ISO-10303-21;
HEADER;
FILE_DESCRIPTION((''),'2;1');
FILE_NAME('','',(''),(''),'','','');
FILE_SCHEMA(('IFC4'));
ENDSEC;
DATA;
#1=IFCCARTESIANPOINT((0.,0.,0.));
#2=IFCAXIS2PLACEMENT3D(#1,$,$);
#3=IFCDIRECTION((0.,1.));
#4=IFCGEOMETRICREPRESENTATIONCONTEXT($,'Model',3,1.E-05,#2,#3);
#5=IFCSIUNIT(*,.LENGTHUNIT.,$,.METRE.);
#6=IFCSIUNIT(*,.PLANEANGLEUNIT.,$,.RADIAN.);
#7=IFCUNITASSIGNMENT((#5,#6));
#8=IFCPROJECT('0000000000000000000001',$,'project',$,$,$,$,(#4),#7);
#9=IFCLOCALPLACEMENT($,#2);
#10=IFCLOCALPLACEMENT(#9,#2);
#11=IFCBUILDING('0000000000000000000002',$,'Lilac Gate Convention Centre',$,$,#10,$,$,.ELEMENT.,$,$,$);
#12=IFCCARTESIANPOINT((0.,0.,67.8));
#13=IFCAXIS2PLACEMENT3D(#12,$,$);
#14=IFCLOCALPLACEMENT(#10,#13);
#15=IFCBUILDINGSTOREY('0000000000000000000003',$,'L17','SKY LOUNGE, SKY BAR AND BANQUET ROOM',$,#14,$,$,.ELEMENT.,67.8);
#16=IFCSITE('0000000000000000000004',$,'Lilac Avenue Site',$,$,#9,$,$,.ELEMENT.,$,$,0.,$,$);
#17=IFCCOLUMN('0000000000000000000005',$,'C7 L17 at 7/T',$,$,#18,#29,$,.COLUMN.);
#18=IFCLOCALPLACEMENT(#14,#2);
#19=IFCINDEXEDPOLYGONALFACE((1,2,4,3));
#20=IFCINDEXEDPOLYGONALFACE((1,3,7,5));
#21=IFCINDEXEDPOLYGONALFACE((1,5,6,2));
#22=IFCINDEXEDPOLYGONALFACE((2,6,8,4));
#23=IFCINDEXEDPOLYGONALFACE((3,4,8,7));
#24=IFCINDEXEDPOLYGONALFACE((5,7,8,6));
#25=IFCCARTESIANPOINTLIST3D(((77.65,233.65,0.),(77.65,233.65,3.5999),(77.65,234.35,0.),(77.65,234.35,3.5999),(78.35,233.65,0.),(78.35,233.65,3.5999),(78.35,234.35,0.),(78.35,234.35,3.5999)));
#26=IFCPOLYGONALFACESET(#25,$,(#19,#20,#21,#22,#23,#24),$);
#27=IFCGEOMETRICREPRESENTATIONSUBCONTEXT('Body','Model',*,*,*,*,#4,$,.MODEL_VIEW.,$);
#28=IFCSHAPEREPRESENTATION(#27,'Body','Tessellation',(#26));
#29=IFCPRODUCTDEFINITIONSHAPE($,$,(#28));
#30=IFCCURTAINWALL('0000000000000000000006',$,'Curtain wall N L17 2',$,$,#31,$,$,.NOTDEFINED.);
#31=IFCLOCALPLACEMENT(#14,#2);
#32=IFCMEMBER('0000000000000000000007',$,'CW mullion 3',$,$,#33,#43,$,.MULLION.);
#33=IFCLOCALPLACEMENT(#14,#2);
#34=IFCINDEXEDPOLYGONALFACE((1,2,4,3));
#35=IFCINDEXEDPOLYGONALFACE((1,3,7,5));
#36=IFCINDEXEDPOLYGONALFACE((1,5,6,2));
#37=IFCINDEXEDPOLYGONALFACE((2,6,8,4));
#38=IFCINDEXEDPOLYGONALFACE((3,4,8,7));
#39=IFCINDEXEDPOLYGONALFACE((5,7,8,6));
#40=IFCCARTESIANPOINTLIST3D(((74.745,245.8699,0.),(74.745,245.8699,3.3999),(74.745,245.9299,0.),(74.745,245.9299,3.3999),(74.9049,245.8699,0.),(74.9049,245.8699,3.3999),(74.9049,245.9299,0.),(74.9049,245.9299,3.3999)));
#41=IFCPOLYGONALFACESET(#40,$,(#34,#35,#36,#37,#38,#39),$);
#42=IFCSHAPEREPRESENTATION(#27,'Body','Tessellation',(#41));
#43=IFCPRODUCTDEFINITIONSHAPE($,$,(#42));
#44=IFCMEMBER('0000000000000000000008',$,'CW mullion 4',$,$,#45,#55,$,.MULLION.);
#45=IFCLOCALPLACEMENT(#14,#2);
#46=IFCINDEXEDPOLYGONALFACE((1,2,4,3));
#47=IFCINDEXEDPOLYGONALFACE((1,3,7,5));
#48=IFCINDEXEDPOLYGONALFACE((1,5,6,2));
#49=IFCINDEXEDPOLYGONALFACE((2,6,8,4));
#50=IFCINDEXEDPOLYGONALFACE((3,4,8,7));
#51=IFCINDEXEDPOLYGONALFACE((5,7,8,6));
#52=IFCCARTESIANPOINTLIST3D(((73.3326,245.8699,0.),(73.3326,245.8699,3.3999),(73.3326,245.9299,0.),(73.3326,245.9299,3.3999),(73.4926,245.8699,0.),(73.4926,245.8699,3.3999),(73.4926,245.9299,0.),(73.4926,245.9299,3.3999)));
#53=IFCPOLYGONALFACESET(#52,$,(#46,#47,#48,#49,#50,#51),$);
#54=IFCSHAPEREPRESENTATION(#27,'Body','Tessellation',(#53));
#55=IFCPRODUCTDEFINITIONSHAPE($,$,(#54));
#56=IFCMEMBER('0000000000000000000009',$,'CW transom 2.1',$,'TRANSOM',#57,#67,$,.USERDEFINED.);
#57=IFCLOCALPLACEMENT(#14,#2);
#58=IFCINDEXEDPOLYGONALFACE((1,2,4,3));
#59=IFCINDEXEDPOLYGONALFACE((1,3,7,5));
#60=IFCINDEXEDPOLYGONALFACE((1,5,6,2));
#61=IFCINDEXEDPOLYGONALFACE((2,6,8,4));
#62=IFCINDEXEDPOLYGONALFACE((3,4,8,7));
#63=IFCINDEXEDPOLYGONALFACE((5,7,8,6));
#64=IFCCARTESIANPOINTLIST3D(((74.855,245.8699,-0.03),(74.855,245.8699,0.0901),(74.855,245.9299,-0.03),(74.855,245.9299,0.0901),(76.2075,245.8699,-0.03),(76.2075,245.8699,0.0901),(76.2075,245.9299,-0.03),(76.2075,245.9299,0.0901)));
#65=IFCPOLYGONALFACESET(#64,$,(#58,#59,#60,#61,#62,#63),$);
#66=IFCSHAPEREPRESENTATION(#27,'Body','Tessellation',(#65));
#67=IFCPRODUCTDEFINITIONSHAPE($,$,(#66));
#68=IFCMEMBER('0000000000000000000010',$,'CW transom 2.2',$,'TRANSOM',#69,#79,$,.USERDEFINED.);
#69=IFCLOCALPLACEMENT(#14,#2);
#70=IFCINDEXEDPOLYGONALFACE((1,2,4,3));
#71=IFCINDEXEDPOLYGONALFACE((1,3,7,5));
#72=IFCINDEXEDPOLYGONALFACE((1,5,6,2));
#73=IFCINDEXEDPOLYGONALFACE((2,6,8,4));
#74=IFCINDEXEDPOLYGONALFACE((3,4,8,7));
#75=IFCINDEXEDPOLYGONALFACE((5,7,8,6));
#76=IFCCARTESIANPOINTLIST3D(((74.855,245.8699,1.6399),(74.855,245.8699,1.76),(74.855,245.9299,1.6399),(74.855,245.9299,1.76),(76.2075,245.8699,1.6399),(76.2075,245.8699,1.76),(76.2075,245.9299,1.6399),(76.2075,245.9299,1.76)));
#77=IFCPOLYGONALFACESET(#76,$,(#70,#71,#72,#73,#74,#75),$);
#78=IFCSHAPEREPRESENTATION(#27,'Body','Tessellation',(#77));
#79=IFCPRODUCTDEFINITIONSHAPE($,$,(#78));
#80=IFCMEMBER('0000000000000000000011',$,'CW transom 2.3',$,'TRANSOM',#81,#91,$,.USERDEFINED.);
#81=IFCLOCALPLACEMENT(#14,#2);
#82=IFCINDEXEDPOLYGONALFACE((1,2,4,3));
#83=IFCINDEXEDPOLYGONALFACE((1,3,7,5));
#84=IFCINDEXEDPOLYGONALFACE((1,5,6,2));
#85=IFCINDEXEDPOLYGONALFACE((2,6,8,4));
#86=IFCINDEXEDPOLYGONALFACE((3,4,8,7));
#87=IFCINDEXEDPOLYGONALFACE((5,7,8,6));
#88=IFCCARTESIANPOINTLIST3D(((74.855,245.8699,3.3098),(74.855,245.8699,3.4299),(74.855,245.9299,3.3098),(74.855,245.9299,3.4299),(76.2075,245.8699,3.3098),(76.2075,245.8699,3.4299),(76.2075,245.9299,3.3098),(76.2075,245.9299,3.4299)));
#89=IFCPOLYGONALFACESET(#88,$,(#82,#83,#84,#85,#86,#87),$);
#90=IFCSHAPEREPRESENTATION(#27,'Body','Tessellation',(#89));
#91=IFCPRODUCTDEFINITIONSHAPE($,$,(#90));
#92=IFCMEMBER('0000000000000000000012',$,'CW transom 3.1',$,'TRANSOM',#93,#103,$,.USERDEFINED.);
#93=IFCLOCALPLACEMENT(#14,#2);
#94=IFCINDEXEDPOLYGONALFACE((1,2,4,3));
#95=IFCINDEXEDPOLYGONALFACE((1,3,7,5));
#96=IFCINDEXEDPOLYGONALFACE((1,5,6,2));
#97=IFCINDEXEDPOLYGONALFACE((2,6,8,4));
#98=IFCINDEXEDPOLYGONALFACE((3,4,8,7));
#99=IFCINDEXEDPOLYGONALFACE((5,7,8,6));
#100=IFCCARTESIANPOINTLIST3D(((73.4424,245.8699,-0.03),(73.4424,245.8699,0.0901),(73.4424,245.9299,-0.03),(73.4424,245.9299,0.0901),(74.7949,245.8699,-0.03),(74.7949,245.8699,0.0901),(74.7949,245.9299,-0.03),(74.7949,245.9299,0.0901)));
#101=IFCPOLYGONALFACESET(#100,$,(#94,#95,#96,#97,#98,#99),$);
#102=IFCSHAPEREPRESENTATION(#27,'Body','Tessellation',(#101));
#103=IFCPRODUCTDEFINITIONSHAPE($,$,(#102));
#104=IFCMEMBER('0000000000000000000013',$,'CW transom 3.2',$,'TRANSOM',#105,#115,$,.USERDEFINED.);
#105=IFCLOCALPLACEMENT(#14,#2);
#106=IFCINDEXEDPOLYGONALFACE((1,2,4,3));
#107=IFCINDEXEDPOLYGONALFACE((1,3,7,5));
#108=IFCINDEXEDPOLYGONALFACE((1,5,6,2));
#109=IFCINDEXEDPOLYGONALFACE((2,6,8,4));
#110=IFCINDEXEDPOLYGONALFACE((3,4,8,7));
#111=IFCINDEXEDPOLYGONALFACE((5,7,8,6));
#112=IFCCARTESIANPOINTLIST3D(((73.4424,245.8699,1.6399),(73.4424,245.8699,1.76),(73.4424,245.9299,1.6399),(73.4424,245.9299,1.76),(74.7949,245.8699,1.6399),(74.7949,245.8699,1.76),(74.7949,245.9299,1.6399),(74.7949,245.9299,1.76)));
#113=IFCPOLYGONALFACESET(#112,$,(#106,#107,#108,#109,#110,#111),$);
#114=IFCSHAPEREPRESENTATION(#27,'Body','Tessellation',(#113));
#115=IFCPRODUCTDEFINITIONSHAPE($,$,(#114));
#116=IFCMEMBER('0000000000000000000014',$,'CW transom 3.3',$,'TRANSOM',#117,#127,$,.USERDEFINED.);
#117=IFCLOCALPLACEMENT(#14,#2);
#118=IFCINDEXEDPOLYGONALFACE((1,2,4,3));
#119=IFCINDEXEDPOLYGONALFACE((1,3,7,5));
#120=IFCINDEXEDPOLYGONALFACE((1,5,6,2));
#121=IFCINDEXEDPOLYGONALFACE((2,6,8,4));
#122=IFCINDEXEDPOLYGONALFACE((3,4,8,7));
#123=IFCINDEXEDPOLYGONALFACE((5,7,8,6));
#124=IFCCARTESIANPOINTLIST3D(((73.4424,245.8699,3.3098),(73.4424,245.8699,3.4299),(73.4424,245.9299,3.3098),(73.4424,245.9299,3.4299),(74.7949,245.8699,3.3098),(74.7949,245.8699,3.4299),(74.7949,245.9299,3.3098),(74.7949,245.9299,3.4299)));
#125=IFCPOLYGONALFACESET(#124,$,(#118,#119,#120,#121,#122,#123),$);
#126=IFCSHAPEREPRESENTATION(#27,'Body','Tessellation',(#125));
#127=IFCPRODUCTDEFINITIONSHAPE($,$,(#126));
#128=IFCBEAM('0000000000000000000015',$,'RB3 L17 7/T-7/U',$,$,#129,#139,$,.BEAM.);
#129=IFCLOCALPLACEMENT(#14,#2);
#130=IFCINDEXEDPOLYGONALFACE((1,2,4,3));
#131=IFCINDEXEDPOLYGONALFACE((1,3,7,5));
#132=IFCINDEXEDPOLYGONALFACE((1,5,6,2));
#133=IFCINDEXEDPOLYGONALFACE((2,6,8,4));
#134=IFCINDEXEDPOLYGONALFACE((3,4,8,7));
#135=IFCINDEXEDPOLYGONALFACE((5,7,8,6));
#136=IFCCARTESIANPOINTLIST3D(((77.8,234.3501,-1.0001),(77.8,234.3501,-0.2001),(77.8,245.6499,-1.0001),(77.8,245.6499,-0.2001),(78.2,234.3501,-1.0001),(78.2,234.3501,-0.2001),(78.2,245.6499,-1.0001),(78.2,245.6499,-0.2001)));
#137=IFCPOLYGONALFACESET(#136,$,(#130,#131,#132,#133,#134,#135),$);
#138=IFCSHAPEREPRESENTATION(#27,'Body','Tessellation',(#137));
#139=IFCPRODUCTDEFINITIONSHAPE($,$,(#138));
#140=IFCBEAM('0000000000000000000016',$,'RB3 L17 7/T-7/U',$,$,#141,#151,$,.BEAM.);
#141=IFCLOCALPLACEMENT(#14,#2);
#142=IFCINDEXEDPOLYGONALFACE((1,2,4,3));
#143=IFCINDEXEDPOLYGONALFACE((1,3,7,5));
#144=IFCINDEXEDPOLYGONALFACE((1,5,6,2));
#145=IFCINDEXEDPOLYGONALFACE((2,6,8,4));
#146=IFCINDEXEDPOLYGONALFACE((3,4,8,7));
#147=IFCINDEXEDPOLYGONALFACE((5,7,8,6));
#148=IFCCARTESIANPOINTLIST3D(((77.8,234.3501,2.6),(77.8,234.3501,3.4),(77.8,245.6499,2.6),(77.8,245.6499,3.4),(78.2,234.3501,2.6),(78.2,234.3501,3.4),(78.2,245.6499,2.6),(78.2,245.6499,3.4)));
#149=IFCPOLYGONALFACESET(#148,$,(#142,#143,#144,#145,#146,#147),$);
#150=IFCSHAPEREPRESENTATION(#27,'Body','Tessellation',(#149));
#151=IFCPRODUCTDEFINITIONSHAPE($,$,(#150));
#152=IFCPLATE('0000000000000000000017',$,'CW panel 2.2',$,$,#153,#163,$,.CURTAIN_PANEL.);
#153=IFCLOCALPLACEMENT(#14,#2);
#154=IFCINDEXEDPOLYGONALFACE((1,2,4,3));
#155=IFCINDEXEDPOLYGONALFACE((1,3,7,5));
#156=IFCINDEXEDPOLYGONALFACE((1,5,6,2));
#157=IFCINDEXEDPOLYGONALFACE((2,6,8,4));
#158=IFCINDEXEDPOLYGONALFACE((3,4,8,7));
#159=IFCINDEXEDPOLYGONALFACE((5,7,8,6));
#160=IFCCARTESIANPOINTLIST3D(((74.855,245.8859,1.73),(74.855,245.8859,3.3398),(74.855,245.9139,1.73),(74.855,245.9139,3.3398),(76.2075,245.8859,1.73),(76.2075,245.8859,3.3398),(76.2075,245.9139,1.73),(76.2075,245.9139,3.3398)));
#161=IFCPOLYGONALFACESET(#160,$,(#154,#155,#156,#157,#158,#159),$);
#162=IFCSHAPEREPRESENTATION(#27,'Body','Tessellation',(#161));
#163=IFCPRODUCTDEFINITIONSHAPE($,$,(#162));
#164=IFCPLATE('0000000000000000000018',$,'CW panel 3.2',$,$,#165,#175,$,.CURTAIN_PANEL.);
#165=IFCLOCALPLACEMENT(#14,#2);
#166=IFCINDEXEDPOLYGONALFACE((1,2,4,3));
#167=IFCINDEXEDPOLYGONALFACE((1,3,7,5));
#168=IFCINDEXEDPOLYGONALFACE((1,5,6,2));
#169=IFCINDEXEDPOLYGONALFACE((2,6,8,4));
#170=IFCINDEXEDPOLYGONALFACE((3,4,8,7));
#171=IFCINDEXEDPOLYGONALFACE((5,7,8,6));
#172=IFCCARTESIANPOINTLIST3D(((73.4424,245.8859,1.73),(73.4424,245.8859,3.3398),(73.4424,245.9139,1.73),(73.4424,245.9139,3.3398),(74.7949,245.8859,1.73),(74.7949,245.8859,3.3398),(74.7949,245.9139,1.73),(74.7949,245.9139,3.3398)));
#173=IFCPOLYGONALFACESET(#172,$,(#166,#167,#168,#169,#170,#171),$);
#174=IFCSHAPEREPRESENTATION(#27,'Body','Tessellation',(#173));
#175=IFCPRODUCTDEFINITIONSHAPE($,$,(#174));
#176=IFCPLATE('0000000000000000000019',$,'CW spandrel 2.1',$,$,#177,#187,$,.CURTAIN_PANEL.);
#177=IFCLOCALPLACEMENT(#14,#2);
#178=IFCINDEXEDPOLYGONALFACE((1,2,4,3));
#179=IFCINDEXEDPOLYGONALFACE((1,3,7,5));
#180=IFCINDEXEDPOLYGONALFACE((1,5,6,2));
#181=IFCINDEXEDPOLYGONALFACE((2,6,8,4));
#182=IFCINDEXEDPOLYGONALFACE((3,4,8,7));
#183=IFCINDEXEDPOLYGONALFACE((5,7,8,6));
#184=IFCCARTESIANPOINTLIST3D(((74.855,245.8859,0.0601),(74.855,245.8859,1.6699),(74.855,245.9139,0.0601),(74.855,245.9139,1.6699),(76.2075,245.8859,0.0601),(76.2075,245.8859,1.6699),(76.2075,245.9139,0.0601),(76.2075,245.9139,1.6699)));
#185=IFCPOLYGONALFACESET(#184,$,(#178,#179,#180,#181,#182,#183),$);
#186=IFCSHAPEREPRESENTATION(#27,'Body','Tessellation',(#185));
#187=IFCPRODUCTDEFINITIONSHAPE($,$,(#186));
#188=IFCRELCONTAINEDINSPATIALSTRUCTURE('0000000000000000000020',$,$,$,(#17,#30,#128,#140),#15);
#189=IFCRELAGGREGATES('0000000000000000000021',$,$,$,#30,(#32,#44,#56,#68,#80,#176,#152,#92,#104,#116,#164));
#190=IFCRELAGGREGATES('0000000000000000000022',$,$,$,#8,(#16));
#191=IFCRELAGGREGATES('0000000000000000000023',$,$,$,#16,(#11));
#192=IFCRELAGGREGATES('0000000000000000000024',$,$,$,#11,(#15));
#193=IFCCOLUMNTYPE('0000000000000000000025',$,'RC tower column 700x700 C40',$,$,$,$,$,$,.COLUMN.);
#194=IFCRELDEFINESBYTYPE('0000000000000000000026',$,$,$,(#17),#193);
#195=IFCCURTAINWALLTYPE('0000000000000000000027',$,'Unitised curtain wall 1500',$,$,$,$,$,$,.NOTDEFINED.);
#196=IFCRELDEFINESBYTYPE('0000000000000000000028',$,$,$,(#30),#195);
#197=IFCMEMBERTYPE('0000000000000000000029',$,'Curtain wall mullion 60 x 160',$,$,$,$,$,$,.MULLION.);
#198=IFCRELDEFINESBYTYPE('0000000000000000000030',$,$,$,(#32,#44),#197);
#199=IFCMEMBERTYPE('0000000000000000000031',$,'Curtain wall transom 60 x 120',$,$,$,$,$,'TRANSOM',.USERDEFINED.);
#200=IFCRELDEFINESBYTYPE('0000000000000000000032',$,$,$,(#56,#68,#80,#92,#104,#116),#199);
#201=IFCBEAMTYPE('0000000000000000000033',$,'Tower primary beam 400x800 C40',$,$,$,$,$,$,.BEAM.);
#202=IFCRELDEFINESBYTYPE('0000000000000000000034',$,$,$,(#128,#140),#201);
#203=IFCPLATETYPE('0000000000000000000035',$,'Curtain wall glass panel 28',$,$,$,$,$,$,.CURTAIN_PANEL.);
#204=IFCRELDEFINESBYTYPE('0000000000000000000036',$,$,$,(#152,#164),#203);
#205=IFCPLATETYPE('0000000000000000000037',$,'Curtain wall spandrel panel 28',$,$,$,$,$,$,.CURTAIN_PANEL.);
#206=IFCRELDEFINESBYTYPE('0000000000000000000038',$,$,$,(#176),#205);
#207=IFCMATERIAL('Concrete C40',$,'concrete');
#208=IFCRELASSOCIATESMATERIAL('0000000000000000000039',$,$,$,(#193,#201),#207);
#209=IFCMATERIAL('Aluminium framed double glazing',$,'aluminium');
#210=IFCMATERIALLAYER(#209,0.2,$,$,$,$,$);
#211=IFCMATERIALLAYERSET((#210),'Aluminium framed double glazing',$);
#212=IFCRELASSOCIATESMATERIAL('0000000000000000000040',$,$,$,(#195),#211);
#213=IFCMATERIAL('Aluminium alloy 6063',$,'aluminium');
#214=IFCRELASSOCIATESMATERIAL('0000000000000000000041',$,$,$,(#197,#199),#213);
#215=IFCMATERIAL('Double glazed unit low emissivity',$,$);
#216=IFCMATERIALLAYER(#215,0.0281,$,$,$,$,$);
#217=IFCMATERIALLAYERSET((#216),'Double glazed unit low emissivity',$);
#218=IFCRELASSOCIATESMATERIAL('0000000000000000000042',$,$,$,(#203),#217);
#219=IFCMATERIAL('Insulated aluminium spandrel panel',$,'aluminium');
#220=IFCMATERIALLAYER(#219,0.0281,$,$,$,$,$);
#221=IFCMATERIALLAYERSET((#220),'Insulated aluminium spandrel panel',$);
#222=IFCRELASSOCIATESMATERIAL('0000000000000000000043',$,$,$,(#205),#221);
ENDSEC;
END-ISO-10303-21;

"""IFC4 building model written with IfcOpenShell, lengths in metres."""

from ifc_helpers import new_model, si_unit, direction, frame, origin, origin_2d, place, context, subcontext, project, spatial, rectangle, extrude, material, layer, layer_set, material_profile, profile_set, type_object, element, aggregate, save


model = new_model("IFC4")

# Units and contexts
model_context = context("Model", 3, precision=1e-05, world=origin(), true_north=direction((0.0, 1.0)))
body_context = subcontext(model_context, "Body", "Model", "MODEL_VIEW")
ifc_project = project(units=[si_unit("LENGTHUNIT", "METRE"), si_unit("PLANEANGLEUNIT", "RADIAN")], contexts=[model_context])

# Site, building, storey
site_placement = place(None, origin())
site = spatial("IfcSite", under=ifc_project, at=site_placement, Name="Lilac Avenue Site", CompositionType="ELEMENT", RefElevation=0.0)
building_placement = place(site_placement, origin())
building = spatial("IfcBuilding", under=site, at=building_placement, Name="Lilac Gate Convention Centre", CompositionType="ELEMENT")
storey_placement = place(building_placement, frame((0.0, 0.0, 67.8)))
storey = spatial("IfcBuildingStorey", under=building, at=storey_placement, Name="L17", Description="SKY LOUNGE, SKY BAR AND BANQUET ROOM", CompositionType="ELEMENT", Elevation=67.8)

# Column
ifc_material_1 = material(Name="Concrete C40", Category="concrete")
ifc_material_profile_1 = material_profile(ifc_material_1, rectangle(XDim=0.7, YDim=0.7, at=origin_2d()), Name="RC 700x700")
ifc_profile_set_1 = profile_set([ifc_material_profile_1], Name="Concrete C40")
column_type = type_object("IfcColumnType", Name="RC tower column 700x700 C40", PredefinedType="COLUMN", material=ifc_profile_set_1)
column_placement = place(storey_placement, frame((78.0, 234.0, 0.0), z_axis=(0.0, 0.0, 1.0), x_axis=(1.0, 0.0, 0.0)))
element("IfcColumn", 1, at=column_placement, inside=storey, type_object=column_type, Name="C7 L17 at 7/T", PredefinedType="COLUMN", context=body_context, shape_type="SweptSolid", body=[
    extrude(rectangle(XDim=0.7, YDim=0.7, at=origin_2d()), origin(), (0.0, 0.0, 1.0), 3.5999),
])

# Curtain wall, members
ifc_material_2 = material(Name="Aluminium framed double glazing", Category="aluminium")
ifc_layer_1 = layer(ifc_material_2, 0.2)
ifc_layer_set_1 = layer_set([ifc_layer_1], Name="Aluminium framed double glazing")
curtain_wall_type = type_object("IfcCurtainWallType", Name="Unitised curtain wall 1500", PredefinedType="NOTDEFINED", material=ifc_layer_set_1)
curtain_wall_placement = place(storey_placement, origin())
curtain_wall = element("IfcCurtainWall", 2, at=curtain_wall_placement, inside=storey, type_object=curtain_wall_type, Name="Curtain wall N L17 2", PredefinedType="NOTDEFINED")
ifc_material_3 = material(Name="Aluminium alloy 6063", Category="aluminium")
ifc_material_profile_2 = material_profile(ifc_material_3, rectangle(XDim=0.0601, YDim=0.1599, at=origin_2d()), Name="Curtain wall mullion 60 x 160")
ifc_profile_set_2 = profile_set([ifc_material_profile_2], Name="Aluminium alloy 6063")
member_type_1 = type_object("IfcMemberType", Name="Curtain wall mullion 60 x 160", PredefinedType="MULLION", material=ifc_profile_set_2)
member_1_placement = place(storey_placement, frame((74.825, 245.8999, 0.0), z_axis=(0.0, 0.0, 1.0), x_axis=(0.0, -1.0, 0.0)))
member_1 = element("IfcMember", 3, at=member_1_placement, type_object=member_type_1, Name="CW mullion 3", PredefinedType="MULLION", context=body_context, shape_type="SweptSolid", body=[
    extrude(rectangle(XDim=0.0601, YDim=0.1599, at=origin_2d()), origin(), (0.0, 0.0, 1.0), 3.3999),
])
member_2_placement = place(storey_placement, frame((73.4126, 245.8999, 0.0), z_axis=(0.0, 0.0, 1.0), x_axis=(0.0, -1.0, 0.0)))
member_2 = element("IfcMember", 4, at=member_2_placement, type_object=member_type_1, Name="CW mullion 4", PredefinedType="MULLION", context=body_context, shape_type="SweptSolid", body=[
    extrude(rectangle(XDim=0.0601, YDim=0.1599, at=origin_2d()), origin(), (0.0, 0.0, 1.0), 3.3999),
])
ifc_material_profile_3 = material_profile(ifc_material_3, rectangle(XDim=0.0601, YDim=0.1201, at=origin_2d()), Name="Curtain wall transom 60 x 120")
ifc_profile_set_3 = profile_set([ifc_material_profile_3], Name="Aluminium alloy 6063")
member_type_2 = type_object("IfcMemberType", Name="Curtain wall transom 60 x 120", ElementType="TRANSOM", PredefinedType="USERDEFINED", material=ifc_profile_set_3)
member_3_placement = place(storey_placement, frame((76.2075, 245.8999, 0.03), z_axis=(-1.0, 0.0, 0.0), x_axis=(0.0, -1.0, 0.0)))
member_3 = element("IfcMember", 5, at=member_3_placement, type_object=member_type_2, Name="CW transom 2.1", ObjectType="TRANSOM", PredefinedType="USERDEFINED", context=body_context, shape_type="SweptSolid", body=[
    extrude(rectangle(XDim=0.0601, YDim=0.1201, at=origin_2d()), origin(), (0.0, 0.0, 1.0), 1.3525),
])
member_4_placement = place(storey_placement, frame((76.2075, 245.8999, 1.7), z_axis=(-1.0, 0.0, 0.0), x_axis=(0.0, -1.0, 0.0)))
member_4 = element("IfcMember", 6, at=member_4_placement, type_object=member_type_2, Name="CW transom 2.2", ObjectType="TRANSOM", PredefinedType="USERDEFINED", context=body_context, shape_type="SweptSolid", body=[
    extrude(rectangle(XDim=0.0601, YDim=0.1201, at=origin_2d()), origin(), (0.0, 0.0, 1.0), 1.3525),
])
member_5_placement = place(storey_placement, frame((76.2075, 245.8999, 3.3699), z_axis=(-1.0, 0.0, 0.0), x_axis=(0.0, -1.0, 0.0)))
member_5 = element("IfcMember", 7, at=member_5_placement, type_object=member_type_2, Name="CW transom 2.3", ObjectType="TRANSOM", PredefinedType="USERDEFINED", context=body_context, shape_type="SweptSolid", body=[
    extrude(rectangle(XDim=0.0601, YDim=0.1201, at=origin_2d()), origin(), (0.0, 0.0, 1.0), 1.3525),
])
member_6_placement = place(storey_placement, frame((74.7949, 245.8999, 0.03), z_axis=(-1.0, 0.0, 0.0), x_axis=(0.0, -1.0, 0.0)))
member_6 = element("IfcMember", 8, at=member_6_placement, type_object=member_type_2, Name="CW transom 3.1", ObjectType="TRANSOM", PredefinedType="USERDEFINED", context=body_context, shape_type="SweptSolid", body=[
    extrude(rectangle(XDim=0.0601, YDim=0.1201, at=origin_2d()), origin(), (0.0, 0.0, 1.0), 1.3525),
])
member_7_placement = place(storey_placement, frame((74.7949, 245.8999, 1.7), z_axis=(-1.0, 0.0, 0.0), x_axis=(0.0, -1.0, 0.0)))
member_7 = element("IfcMember", 9, at=member_7_placement, type_object=member_type_2, Name="CW transom 3.2", ObjectType="TRANSOM", PredefinedType="USERDEFINED", context=body_context, shape_type="SweptSolid", body=[
    extrude(rectangle(XDim=0.0601, YDim=0.1201, at=origin_2d()), origin(), (0.0, 0.0, 1.0), 1.3525),
])
member_8_placement = place(storey_placement, frame((74.7949, 245.8999, 3.3699), z_axis=(-1.0, 0.0, 0.0), x_axis=(0.0, -1.0, 0.0)))
member_8 = element("IfcMember", 10, at=member_8_placement, type_object=member_type_2, Name="CW transom 3.3", ObjectType="TRANSOM", PredefinedType="USERDEFINED", context=body_context, shape_type="SweptSolid", body=[
    extrude(rectangle(XDim=0.0601, YDim=0.1201, at=origin_2d()), origin(), (0.0, 0.0, 1.0), 1.3525),
])

# Beams
ifc_material_profile_4 = material_profile(ifc_material_1, rectangle(XDim=0.3999, YDim=0.8, at=origin_2d()), Name="RC 400x800")
ifc_profile_set_4 = profile_set([ifc_material_profile_4], Name="Concrete C40")
beam_type = type_object("IfcBeamType", Name="Tower primary beam 400x800 C40", PredefinedType="BEAM", material=ifc_profile_set_4)
for number, where, z_axis, x_axis, name in (
    (11, (78.0, 234.3501, -0.6001), (0.0, 1.0, 0.0), (-1.0, 0.0, 0.0), "RB3 L17 7/T-7/U"),
    (12, (78.0, 234.3501, 3.0), (0.0, 1.0, 0.0), (-1.0, 0.0, 0.0), "RB3 L17 7/T-7/U"),
):
    element("IfcBeam", number, at=place(storey_placement, frame(where, z_axis=z_axis, x_axis=x_axis)), inside=storey, type_object=beam_type, Name=name, PredefinedType="BEAM", context=body_context, shape_type="SweptSolid", body=[
        extrude(rectangle(XDim=0.3999, YDim=0.8, at=origin_2d()), origin(), (0.0, 0.0, 1.0), 11.2998),
    ])

# Plates
ifc_material_4 = material(Name="Double glazed unit low emissivity")
ifc_layer_2 = layer(ifc_material_4, 0.0281)
ifc_layer_set_2 = layer_set([ifc_layer_2], Name="Double glazed unit low emissivity")
plate_type_1 = type_object("IfcPlateType", Name="Curtain wall glass panel 28", PredefinedType="CURTAIN_PANEL", material=ifc_layer_set_2)
plate_1_placement = place(storey_placement, frame((75.5312, 245.8999, 1.73), z_axis=(0.0, 0.0, 1.0), x_axis=(-1.0, 0.0, 0.0)))
plate_1 = element("IfcPlate", 13, at=plate_1_placement, type_object=plate_type_1, Name="CW panel 2.2", PredefinedType="CURTAIN_PANEL", context=body_context, shape_type="SweptSolid", body=[
    extrude(rectangle(XDim=1.3525, YDim=0.0281, at=origin_2d()), origin(), (0.0, 0.0, 1.0), 1.6099),
])
plate_2_placement = place(storey_placement, frame((74.1187, 245.8999, 1.73), z_axis=(0.0, 0.0, 1.0), x_axis=(-1.0, 0.0, 0.0)))
plate_2 = element("IfcPlate", 14, at=plate_2_placement, type_object=plate_type_1, Name="CW panel 3.2", PredefinedType="CURTAIN_PANEL", context=body_context, shape_type="SweptSolid", body=[
    extrude(rectangle(XDim=1.3525, YDim=0.0281, at=origin_2d()), origin(), (0.0, 0.0, 1.0), 1.6099),
])
ifc_material_5 = material(Name="Insulated aluminium spandrel panel", Category="aluminium")
ifc_layer_3 = layer(ifc_material_5, 0.0281)
ifc_layer_set_3 = layer_set([ifc_layer_3], Name="Insulated aluminium spandrel panel")
plate_type_2 = type_object("IfcPlateType", Name="Curtain wall spandrel panel 28", PredefinedType="CURTAIN_PANEL", material=ifc_layer_set_3)
plate_3_placement = place(storey_placement, frame((75.5312, 245.8999, 0.0601), z_axis=(0.0, 0.0, 1.0), x_axis=(-1.0, 0.0, 0.0)))
plate_3 = element("IfcPlate", 15, at=plate_3_placement, type_object=plate_type_2, Name="CW spandrel 2.1", PredefinedType="CURTAIN_PANEL", context=body_context, shape_type="SweptSolid", body=[
    extrude(rectangle(XDim=1.3525, YDim=0.0281, at=origin_2d()), origin(), (0.0, 0.0, 1.0), 1.6099),
])
aggregate(curtain_wall, [member_1, member_2, member_3, member_4, member_5, plate_3, plate_1, member_6, member_7, member_8, plate_2])

save(model, "model.ifc")
